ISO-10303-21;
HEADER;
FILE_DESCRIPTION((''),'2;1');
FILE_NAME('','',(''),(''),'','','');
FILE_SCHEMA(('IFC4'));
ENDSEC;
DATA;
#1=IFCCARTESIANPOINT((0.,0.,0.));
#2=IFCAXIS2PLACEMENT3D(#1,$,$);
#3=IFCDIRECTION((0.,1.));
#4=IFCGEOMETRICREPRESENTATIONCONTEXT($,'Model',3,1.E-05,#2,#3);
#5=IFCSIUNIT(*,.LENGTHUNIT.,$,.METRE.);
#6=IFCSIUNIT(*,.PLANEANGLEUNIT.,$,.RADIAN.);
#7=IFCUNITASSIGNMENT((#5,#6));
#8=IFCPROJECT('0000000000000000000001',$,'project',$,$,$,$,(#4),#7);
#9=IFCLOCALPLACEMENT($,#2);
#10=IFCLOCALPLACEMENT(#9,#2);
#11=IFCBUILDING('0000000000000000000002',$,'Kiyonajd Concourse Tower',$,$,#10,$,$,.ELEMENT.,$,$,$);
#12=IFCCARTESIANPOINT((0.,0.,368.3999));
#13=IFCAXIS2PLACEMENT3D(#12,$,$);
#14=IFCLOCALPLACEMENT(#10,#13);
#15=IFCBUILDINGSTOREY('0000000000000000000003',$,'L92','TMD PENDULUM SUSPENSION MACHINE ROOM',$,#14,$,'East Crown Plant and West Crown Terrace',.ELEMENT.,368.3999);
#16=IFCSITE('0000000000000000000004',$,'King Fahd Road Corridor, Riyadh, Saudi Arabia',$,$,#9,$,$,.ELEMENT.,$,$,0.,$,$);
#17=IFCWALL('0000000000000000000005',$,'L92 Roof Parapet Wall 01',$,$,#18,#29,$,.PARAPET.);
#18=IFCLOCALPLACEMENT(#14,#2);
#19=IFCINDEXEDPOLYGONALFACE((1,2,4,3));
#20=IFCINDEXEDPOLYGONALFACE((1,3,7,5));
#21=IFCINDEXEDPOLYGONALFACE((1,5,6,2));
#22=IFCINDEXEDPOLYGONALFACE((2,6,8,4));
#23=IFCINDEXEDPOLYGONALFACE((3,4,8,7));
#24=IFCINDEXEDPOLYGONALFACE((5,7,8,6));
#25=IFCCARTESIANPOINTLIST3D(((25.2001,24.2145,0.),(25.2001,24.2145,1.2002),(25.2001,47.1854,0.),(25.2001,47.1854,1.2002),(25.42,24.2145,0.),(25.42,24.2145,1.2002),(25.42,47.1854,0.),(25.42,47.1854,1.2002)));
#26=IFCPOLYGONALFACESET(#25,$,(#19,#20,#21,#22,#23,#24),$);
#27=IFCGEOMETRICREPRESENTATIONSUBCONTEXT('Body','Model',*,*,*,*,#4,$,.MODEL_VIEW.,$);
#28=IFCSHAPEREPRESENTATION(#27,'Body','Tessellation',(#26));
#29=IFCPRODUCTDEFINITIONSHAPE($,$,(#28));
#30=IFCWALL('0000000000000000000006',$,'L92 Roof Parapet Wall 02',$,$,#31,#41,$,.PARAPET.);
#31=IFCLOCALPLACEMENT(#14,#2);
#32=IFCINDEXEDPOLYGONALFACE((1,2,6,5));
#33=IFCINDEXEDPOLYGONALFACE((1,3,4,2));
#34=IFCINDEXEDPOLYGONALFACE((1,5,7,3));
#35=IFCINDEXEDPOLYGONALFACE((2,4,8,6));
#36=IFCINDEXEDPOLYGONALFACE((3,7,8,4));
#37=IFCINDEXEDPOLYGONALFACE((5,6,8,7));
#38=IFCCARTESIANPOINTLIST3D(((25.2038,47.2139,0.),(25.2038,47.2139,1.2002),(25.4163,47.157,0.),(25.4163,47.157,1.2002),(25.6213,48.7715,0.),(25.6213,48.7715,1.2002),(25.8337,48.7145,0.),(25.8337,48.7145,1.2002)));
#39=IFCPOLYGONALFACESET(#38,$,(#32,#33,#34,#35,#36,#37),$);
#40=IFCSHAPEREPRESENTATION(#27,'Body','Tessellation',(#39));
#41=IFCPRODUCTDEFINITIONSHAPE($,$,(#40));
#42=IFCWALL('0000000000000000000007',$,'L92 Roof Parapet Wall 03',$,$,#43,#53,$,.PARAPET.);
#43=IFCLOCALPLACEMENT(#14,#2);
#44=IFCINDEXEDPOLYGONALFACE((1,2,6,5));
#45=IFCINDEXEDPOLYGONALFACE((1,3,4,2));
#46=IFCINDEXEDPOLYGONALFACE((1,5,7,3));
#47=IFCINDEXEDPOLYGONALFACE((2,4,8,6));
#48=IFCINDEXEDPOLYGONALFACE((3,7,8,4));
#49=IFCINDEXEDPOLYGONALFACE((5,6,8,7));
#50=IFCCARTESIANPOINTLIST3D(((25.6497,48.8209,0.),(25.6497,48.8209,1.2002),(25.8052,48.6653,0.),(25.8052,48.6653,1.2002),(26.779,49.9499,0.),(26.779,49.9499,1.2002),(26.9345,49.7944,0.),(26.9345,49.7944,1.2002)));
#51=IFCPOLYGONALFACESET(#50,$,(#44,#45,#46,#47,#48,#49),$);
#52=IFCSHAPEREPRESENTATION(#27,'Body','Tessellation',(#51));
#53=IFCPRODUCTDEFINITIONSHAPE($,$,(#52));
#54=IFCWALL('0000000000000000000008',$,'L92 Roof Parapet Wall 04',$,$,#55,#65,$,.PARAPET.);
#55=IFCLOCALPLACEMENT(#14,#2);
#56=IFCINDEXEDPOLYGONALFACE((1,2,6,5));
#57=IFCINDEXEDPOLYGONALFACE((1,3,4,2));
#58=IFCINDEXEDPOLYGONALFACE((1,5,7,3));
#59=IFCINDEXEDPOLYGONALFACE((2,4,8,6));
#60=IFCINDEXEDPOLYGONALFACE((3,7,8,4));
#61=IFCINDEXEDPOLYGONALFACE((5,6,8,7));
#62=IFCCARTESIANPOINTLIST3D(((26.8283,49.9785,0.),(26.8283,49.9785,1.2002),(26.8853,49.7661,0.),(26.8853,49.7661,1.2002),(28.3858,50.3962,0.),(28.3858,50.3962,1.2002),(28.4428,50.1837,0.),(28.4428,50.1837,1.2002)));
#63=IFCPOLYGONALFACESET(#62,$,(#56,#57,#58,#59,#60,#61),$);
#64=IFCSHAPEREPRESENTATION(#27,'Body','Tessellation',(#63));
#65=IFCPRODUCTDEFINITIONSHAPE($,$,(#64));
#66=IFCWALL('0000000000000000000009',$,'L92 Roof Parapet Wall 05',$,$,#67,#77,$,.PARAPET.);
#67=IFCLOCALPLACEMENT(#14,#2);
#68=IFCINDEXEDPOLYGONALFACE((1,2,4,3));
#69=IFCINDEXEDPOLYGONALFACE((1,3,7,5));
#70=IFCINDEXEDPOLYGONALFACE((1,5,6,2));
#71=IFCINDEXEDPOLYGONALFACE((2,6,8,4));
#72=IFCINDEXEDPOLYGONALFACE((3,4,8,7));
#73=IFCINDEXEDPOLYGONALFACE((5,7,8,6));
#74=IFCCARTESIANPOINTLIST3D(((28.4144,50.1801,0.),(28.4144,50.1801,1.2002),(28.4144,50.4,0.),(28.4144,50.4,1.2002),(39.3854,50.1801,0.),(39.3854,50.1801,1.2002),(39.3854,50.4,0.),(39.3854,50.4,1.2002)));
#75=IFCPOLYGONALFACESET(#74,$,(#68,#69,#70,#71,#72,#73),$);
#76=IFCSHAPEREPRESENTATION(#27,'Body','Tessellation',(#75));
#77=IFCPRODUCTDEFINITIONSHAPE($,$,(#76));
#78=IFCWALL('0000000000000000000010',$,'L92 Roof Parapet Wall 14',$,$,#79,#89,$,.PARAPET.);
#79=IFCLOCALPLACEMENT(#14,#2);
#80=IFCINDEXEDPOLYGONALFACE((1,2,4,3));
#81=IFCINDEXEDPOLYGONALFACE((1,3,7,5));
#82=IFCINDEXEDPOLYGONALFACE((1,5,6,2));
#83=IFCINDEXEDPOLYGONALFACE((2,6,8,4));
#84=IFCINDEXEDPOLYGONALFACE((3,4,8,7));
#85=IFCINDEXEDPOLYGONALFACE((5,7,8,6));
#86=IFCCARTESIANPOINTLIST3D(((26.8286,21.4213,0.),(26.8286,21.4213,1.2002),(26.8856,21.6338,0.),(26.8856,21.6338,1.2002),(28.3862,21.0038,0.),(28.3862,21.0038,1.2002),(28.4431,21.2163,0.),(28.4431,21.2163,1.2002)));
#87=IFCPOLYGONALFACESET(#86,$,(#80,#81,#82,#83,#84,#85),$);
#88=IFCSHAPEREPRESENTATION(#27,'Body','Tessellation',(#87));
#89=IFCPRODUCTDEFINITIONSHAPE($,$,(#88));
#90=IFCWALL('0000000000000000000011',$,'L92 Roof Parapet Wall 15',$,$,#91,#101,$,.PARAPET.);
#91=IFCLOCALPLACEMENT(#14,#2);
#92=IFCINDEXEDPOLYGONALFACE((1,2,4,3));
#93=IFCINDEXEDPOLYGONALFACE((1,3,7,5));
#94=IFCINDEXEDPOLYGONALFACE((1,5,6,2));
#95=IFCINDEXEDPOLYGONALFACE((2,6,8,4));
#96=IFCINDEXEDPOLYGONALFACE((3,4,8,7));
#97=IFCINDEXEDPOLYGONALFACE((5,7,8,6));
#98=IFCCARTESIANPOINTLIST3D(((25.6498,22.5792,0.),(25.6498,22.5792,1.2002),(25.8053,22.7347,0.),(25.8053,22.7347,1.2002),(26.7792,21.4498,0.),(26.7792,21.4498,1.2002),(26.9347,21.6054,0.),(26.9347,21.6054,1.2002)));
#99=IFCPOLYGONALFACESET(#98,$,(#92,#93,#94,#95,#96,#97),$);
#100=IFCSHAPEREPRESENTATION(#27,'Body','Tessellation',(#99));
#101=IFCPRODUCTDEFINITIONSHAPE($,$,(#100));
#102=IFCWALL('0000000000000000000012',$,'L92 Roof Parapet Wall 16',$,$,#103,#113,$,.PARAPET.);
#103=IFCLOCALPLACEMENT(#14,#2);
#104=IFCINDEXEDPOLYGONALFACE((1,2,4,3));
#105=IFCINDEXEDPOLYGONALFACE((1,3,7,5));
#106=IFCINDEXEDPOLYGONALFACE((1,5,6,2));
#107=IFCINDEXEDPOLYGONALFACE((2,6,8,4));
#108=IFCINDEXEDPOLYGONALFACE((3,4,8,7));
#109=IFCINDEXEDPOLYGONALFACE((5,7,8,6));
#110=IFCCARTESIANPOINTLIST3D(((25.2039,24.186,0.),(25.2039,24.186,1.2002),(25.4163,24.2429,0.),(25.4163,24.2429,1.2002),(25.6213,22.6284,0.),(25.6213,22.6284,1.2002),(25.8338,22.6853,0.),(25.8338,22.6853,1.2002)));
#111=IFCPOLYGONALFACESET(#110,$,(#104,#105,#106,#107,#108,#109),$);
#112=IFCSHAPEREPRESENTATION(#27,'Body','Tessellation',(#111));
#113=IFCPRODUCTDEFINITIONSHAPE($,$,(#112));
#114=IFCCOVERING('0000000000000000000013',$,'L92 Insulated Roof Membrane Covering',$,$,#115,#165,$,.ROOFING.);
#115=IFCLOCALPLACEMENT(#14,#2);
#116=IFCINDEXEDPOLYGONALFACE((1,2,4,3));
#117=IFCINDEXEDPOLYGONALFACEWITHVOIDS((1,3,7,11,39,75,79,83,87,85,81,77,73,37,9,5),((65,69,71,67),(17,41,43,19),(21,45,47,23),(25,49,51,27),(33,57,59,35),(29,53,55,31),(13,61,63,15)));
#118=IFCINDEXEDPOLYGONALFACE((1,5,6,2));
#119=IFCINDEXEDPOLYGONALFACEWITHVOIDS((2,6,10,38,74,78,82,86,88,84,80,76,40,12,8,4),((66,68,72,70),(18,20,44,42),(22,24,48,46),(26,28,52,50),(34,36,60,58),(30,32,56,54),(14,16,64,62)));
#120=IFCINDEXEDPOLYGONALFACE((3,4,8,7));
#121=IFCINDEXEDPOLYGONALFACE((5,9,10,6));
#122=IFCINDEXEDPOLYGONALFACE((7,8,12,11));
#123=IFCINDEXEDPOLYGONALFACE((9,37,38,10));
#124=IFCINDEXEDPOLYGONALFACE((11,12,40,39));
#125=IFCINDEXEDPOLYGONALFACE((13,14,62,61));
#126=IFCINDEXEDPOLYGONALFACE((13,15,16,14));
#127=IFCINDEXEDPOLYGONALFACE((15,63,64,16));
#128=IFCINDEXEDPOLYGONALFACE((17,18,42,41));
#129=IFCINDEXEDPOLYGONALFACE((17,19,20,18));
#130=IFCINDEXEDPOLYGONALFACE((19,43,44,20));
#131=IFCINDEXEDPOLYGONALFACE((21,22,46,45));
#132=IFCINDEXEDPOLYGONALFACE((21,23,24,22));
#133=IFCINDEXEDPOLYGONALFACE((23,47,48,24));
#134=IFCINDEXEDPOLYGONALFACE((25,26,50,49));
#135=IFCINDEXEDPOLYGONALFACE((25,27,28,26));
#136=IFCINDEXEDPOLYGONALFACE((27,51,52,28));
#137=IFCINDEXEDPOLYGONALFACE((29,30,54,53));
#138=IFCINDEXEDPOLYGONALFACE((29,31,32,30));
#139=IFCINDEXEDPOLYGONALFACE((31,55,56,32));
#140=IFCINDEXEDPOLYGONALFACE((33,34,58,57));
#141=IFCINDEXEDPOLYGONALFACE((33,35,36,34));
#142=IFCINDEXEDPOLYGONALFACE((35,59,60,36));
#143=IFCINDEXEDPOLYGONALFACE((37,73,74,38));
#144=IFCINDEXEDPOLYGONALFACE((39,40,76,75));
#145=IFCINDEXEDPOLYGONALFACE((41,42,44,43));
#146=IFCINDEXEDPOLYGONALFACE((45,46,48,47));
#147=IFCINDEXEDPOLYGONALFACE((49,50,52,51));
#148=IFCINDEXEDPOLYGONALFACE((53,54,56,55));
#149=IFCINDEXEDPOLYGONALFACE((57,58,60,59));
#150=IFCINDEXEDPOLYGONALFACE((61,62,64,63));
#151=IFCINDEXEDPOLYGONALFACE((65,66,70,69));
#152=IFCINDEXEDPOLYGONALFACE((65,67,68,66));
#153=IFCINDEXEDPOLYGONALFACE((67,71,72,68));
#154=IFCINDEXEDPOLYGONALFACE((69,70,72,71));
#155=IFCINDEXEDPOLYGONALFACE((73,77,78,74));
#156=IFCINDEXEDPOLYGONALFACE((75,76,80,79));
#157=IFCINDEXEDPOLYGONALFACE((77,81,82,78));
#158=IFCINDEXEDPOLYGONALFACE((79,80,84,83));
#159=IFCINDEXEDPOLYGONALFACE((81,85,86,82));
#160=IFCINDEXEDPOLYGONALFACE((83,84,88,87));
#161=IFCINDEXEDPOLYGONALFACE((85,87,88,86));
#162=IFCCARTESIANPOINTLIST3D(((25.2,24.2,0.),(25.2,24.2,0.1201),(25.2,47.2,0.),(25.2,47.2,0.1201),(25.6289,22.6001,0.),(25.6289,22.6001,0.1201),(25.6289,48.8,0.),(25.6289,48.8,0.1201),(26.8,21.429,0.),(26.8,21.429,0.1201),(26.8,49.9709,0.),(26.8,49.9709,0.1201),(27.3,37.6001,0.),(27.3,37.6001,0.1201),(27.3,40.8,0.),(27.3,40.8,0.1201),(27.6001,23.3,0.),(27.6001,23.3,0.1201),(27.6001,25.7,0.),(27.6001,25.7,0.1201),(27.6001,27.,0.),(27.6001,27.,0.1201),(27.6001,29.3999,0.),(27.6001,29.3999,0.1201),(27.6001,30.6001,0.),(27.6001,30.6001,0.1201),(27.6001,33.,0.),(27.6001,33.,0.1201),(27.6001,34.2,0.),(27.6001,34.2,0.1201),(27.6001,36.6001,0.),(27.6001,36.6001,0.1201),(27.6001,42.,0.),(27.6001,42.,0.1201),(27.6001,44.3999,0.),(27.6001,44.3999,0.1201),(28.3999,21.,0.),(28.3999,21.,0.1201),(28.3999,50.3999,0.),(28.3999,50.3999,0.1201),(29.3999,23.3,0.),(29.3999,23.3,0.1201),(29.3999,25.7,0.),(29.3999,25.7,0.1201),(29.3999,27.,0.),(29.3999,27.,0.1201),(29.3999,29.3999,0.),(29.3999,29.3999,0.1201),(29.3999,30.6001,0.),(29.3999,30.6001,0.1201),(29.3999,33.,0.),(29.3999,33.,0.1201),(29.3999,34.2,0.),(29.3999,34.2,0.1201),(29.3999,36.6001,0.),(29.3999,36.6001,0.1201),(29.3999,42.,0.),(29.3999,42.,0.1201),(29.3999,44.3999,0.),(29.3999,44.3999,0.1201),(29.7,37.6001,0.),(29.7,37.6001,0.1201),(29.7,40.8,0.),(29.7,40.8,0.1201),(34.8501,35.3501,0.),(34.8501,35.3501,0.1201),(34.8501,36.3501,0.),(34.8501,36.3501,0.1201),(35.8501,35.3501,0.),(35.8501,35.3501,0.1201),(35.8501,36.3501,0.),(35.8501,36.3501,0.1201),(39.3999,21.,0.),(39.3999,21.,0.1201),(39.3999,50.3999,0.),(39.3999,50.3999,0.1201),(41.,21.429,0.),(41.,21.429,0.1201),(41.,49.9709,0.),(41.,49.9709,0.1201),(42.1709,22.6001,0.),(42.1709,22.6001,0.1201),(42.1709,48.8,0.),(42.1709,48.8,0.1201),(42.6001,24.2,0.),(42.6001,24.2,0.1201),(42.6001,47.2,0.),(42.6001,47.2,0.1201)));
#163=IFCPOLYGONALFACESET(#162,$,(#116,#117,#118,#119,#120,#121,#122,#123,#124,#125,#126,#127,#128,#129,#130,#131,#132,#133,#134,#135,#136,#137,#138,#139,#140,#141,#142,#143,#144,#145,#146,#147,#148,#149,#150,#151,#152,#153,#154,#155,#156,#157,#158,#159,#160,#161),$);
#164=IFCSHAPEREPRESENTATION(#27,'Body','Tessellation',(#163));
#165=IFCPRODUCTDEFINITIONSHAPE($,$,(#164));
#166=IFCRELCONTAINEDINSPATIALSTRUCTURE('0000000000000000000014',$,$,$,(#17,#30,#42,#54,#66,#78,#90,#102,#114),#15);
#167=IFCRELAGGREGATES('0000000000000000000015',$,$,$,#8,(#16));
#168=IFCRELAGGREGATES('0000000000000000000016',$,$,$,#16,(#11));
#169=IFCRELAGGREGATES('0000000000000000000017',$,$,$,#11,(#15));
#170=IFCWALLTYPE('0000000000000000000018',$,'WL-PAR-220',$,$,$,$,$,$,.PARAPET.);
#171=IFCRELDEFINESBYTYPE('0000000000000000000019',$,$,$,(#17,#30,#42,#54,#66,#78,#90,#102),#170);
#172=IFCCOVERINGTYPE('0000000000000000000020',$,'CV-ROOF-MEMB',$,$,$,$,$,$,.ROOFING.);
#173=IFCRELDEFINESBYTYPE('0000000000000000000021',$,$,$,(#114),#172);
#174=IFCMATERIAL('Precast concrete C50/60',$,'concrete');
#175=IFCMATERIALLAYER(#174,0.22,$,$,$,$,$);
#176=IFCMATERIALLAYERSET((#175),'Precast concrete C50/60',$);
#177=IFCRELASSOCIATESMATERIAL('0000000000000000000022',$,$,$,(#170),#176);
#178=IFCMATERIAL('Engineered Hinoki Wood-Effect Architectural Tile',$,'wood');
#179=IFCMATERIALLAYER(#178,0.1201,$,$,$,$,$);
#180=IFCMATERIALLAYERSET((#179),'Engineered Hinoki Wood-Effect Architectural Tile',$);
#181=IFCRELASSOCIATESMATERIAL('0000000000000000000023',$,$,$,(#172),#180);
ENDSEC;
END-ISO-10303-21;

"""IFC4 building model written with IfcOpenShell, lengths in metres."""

from ifc_helpers import new_model, si_unit, direction, frame, frame_2d, origin, place, context, subcontext, project, spatial, polyline, rectangle, outline, extrude, material, layer, layer_set, type_object, element, save


model = new_model("IFC4")

# Units and contexts
model_context = context("Model", 3, precision=1e-05, world=origin(), true_north=direction((0.0, 1.0)))
body_context = subcontext(model_context, "Body", "Model", "MODEL_VIEW")
ifc_project = project(units=[si_unit("LENGTHUNIT", "METRE"), si_unit("PLANEANGLEUNIT", "RADIAN")], contexts=[model_context])

# Site, building, storey
site_placement = place(None, origin())
site = spatial("IfcSite", under=ifc_project, at=site_placement, Name="King Fahd Road Corridor, Riyadh, Saudi Arabia", CompositionType="ELEMENT", RefElevation=0.0)
building_placement = place(site_placement, origin())
building = spatial("IfcBuilding", under=site, at=building_placement, Name="Kiyonajd Concourse Tower", CompositionType="ELEMENT")
storey_placement = place(building_placement, frame((0.0, 0.0, 368.3999)))
storey = spatial("IfcBuildingStorey", under=building, at=storey_placement, Name="L92", Description="TMD PENDULUM SUSPENSION MACHINE ROOM", LongName="East Crown Plant and West Crown Terrace", CompositionType="ELEMENT", Elevation=368.3999)

# Walls
ifc_material_1 = material(Name="Precast concrete C50/60", Category="concrete")
ifc_layer_1 = layer(ifc_material_1, 0.22)
ifc_layer_set_1 = layer_set([ifc_layer_1], Name="Precast concrete C50/60")
wall_type = type_object("IfcWallType", Name="WL-PAR-220", PredefinedType="PARAPET", material=ifc_layer_set_1)
wall_1_placement = place(storey_placement, frame((25.3101, 24.2146, 0.0), z_axis=(0.0, 0.0, 1.0), x_axis=(0.0, 1.0, 0.0)))
element("IfcWall", 1, at=wall_1_placement, inside=storey, type_object=wall_type, Name="L92 Roof Parapet Wall 01", PredefinedType="PARAPET", context=body_context, shape_type="SweptSolid", body=[
    extrude(rectangle(XDim=22.9709, YDim=0.22, at=frame_2d((11.4854, 0.0))), origin(), (0.0, 0.0, 1.0), 1.2002),
])
wall_2_placement = place(storey_placement, frame((25.3101, 47.1855, 0.0), z_axis=(0.0, 0.0, 1.0), x_axis=(0.258887, 0.965907, 0.0)))
element("IfcWall", 2, at=wall_2_placement, inside=storey, type_object=wall_type, Name="L92 Roof Parapet Wall 02", PredefinedType="PARAPET", context=body_context, shape_type="SweptSolid", body=[
    extrude(rectangle(XDim=1.6125, YDim=0.22, at=frame_2d((0.8062, 0.0))), origin(), (0.0, 0.0, 1.0), 1.2002),
])
wall_3_placement = place(storey_placement, frame((25.7275, 48.7432, 0.0), z_axis=(0.0, 0.0, 1.0), x_axis=(0.707183, 0.70703, 0.0)))
element("IfcWall", 3, at=wall_3_placement, inside=storey, type_object=wall_type, Name="L92 Roof Parapet Wall 03", PredefinedType="PARAPET", context=body_context, shape_type="SweptSolid", body=[
    extrude(rectangle(XDim=1.5969, YDim=0.22, at=frame_2d((0.7983, 0.0))), origin(), (0.0, 0.0, 1.0), 1.2002),
])
wall_4_placement = place(storey_placement, frame((26.8569, 49.8723, 0.0), z_axis=(0.0, 0.0, 1.0), x_axis=(0.96587, 0.259029, 0.0)))
element("IfcWall", 4, at=wall_4_placement, inside=storey, type_object=wall_type, Name="L92 Roof Parapet Wall 04", PredefinedType="PARAPET", context=body_context, shape_type="SweptSolid", body=[
    extrude(rectangle(XDim=1.6125, YDim=0.22, at=frame_2d((0.8062, 0.0))), origin(), (0.0, 0.0, 1.0), 1.2002),
])
wall_5_placement = place(storey_placement, frame((28.4146, 50.29, 0.0), z_axis=(0.0, 0.0, 1.0), x_axis=(1.0, 0.0, 0.0)))
element("IfcWall", 5, at=wall_5_placement, inside=storey, type_object=wall_type, Name="L92 Roof Parapet Wall 05", PredefinedType="PARAPET", context=body_context, shape_type="SweptSolid", body=[
    extrude(rectangle(XDim=10.9709, YDim=0.22, at=frame_2d((5.4854, 0.0))), origin(), (0.0, 0.0, 1.0), 1.2002),
])
wall_6_placement = place(storey_placement, frame((28.4146, 21.1101, 0.0), z_axis=(0.0, 0.0, 1.0), x_axis=(-0.965907, 0.258887, 0.0)))
element("IfcWall", 6, at=wall_6_placement, inside=storey, type_object=wall_type, Name="L92 Roof Parapet Wall 14", PredefinedType="PARAPET", context=body_context, shape_type="SweptSolid", body=[
    extrude(rectangle(XDim=1.6125, YDim=0.22, at=frame_2d((0.8062, 0.0))), origin(), (0.0, 0.0, 1.0), 1.2002),
])
wall_7_placement = place(storey_placement, frame((26.8569, 21.5276, 0.0), z_axis=(0.0, 0.0, 1.0), x_axis=(-0.707107, 0.707107, 0.0)))
element("IfcWall", 7, at=wall_7_placement, inside=storey, type_object=wall_type, Name="L92 Roof Parapet Wall 15", PredefinedType="PARAPET", context=body_context, shape_type="SweptSolid", body=[
    extrude(rectangle(XDim=1.5972, YDim=0.22, at=frame_2d((0.7986, 0.0))), origin(), (0.0, 0.0, 1.0), 1.2002),
])
wall_8_placement = place(storey_placement, frame((25.7275, 22.657, 0.0), z_axis=(0.0, 0.0, 1.0), x_axis=(-0.258887, 0.965907, 0.0)))
element("IfcWall", 8, at=wall_8_placement, inside=storey, type_object=wall_type, Name="L92 Roof Parapet Wall 16", PredefinedType="PARAPET", context=body_context, shape_type="SweptSolid", body=[
    extrude(rectangle(XDim=1.6125, YDim=0.22, at=frame_2d((0.8062, 0.0))), origin(), (0.0, 0.0, 1.0), 1.2002),
])

# Covering
ifc_material_2 = material(Name="Engineered Hinoki Wood-Effect Architectural Tile", Category="wood")
ifc_layer_2 = layer(ifc_material_2, 0.1201)
ifc_layer_set_2 = layer_set([ifc_layer_2], Name="Engineered Hinoki Wood-Effect Architectural Tile")
covering_type = type_object("IfcCoveringType", Name="CV-ROOF-MEMB", PredefinedType="ROOFING", material=ifc_layer_set_2)
covering_placement = place(storey_placement, origin())
element("IfcCovering", 9, at=covering_placement, inside=storey, type_object=covering_type, Name="L92 Insulated Roof Membrane Covering", PredefinedType="ROOFING", context=body_context, shape_type="SweptSolid", body=[
    extrude(outline(polyline([(25.2, 24.2), (25.6289, 22.6001), (26.8, 21.429), (28.3999, 21.0), (39.3999, 21.0), (41.0, 21.429), (42.1709, 22.6001), (42.6001, 24.2), (42.6001, 47.2), (42.1709, 48.8), (41.0, 49.9709), (39.3999, 50.3999), (28.3999, 50.3999), (26.8, 49.9709), (25.6289, 48.8), (25.2, 47.2), (25.2, 24.2)]), holes=[polyline([(34.8501, 35.3501), (35.8501, 35.3501), (35.8501, 36.3501), (34.8501, 36.3501), (34.8501, 35.3501)]), polyline([(27.6001, 23.3), (29.3999, 23.3), (29.3999, 25.7), (27.6001, 25.7), (27.6001, 23.3)]), polyline([(27.6001, 27.0), (29.3999, 27.0), (29.3999, 29.3999), (27.6001, 29.3999), (27.6001, 27.0)]), polyline([(27.6001, 30.6001), (29.3999, 30.6001), (29.3999, 33.0), (27.6001, 33.0), (27.6001, 30.6001)]), polyline([(27.6001, 34.2), (29.3999, 34.2), (29.3999, 36.6001), (27.6001, 36.6001), (27.6001, 34.2)]), polyline([(27.3, 37.6001), (29.7, 37.6001), (29.7, 40.8), (27.3, 40.8), (27.3, 37.6001)]), polyline([(27.6001, 42.0), (29.3999, 42.0), (29.3999, 44.3999), (27.6001, 44.3999), (27.6001, 42.0)])]), origin(), (0.0, 0.0, 1.0), 0.1201),
])

save(model, "model.ifc")
